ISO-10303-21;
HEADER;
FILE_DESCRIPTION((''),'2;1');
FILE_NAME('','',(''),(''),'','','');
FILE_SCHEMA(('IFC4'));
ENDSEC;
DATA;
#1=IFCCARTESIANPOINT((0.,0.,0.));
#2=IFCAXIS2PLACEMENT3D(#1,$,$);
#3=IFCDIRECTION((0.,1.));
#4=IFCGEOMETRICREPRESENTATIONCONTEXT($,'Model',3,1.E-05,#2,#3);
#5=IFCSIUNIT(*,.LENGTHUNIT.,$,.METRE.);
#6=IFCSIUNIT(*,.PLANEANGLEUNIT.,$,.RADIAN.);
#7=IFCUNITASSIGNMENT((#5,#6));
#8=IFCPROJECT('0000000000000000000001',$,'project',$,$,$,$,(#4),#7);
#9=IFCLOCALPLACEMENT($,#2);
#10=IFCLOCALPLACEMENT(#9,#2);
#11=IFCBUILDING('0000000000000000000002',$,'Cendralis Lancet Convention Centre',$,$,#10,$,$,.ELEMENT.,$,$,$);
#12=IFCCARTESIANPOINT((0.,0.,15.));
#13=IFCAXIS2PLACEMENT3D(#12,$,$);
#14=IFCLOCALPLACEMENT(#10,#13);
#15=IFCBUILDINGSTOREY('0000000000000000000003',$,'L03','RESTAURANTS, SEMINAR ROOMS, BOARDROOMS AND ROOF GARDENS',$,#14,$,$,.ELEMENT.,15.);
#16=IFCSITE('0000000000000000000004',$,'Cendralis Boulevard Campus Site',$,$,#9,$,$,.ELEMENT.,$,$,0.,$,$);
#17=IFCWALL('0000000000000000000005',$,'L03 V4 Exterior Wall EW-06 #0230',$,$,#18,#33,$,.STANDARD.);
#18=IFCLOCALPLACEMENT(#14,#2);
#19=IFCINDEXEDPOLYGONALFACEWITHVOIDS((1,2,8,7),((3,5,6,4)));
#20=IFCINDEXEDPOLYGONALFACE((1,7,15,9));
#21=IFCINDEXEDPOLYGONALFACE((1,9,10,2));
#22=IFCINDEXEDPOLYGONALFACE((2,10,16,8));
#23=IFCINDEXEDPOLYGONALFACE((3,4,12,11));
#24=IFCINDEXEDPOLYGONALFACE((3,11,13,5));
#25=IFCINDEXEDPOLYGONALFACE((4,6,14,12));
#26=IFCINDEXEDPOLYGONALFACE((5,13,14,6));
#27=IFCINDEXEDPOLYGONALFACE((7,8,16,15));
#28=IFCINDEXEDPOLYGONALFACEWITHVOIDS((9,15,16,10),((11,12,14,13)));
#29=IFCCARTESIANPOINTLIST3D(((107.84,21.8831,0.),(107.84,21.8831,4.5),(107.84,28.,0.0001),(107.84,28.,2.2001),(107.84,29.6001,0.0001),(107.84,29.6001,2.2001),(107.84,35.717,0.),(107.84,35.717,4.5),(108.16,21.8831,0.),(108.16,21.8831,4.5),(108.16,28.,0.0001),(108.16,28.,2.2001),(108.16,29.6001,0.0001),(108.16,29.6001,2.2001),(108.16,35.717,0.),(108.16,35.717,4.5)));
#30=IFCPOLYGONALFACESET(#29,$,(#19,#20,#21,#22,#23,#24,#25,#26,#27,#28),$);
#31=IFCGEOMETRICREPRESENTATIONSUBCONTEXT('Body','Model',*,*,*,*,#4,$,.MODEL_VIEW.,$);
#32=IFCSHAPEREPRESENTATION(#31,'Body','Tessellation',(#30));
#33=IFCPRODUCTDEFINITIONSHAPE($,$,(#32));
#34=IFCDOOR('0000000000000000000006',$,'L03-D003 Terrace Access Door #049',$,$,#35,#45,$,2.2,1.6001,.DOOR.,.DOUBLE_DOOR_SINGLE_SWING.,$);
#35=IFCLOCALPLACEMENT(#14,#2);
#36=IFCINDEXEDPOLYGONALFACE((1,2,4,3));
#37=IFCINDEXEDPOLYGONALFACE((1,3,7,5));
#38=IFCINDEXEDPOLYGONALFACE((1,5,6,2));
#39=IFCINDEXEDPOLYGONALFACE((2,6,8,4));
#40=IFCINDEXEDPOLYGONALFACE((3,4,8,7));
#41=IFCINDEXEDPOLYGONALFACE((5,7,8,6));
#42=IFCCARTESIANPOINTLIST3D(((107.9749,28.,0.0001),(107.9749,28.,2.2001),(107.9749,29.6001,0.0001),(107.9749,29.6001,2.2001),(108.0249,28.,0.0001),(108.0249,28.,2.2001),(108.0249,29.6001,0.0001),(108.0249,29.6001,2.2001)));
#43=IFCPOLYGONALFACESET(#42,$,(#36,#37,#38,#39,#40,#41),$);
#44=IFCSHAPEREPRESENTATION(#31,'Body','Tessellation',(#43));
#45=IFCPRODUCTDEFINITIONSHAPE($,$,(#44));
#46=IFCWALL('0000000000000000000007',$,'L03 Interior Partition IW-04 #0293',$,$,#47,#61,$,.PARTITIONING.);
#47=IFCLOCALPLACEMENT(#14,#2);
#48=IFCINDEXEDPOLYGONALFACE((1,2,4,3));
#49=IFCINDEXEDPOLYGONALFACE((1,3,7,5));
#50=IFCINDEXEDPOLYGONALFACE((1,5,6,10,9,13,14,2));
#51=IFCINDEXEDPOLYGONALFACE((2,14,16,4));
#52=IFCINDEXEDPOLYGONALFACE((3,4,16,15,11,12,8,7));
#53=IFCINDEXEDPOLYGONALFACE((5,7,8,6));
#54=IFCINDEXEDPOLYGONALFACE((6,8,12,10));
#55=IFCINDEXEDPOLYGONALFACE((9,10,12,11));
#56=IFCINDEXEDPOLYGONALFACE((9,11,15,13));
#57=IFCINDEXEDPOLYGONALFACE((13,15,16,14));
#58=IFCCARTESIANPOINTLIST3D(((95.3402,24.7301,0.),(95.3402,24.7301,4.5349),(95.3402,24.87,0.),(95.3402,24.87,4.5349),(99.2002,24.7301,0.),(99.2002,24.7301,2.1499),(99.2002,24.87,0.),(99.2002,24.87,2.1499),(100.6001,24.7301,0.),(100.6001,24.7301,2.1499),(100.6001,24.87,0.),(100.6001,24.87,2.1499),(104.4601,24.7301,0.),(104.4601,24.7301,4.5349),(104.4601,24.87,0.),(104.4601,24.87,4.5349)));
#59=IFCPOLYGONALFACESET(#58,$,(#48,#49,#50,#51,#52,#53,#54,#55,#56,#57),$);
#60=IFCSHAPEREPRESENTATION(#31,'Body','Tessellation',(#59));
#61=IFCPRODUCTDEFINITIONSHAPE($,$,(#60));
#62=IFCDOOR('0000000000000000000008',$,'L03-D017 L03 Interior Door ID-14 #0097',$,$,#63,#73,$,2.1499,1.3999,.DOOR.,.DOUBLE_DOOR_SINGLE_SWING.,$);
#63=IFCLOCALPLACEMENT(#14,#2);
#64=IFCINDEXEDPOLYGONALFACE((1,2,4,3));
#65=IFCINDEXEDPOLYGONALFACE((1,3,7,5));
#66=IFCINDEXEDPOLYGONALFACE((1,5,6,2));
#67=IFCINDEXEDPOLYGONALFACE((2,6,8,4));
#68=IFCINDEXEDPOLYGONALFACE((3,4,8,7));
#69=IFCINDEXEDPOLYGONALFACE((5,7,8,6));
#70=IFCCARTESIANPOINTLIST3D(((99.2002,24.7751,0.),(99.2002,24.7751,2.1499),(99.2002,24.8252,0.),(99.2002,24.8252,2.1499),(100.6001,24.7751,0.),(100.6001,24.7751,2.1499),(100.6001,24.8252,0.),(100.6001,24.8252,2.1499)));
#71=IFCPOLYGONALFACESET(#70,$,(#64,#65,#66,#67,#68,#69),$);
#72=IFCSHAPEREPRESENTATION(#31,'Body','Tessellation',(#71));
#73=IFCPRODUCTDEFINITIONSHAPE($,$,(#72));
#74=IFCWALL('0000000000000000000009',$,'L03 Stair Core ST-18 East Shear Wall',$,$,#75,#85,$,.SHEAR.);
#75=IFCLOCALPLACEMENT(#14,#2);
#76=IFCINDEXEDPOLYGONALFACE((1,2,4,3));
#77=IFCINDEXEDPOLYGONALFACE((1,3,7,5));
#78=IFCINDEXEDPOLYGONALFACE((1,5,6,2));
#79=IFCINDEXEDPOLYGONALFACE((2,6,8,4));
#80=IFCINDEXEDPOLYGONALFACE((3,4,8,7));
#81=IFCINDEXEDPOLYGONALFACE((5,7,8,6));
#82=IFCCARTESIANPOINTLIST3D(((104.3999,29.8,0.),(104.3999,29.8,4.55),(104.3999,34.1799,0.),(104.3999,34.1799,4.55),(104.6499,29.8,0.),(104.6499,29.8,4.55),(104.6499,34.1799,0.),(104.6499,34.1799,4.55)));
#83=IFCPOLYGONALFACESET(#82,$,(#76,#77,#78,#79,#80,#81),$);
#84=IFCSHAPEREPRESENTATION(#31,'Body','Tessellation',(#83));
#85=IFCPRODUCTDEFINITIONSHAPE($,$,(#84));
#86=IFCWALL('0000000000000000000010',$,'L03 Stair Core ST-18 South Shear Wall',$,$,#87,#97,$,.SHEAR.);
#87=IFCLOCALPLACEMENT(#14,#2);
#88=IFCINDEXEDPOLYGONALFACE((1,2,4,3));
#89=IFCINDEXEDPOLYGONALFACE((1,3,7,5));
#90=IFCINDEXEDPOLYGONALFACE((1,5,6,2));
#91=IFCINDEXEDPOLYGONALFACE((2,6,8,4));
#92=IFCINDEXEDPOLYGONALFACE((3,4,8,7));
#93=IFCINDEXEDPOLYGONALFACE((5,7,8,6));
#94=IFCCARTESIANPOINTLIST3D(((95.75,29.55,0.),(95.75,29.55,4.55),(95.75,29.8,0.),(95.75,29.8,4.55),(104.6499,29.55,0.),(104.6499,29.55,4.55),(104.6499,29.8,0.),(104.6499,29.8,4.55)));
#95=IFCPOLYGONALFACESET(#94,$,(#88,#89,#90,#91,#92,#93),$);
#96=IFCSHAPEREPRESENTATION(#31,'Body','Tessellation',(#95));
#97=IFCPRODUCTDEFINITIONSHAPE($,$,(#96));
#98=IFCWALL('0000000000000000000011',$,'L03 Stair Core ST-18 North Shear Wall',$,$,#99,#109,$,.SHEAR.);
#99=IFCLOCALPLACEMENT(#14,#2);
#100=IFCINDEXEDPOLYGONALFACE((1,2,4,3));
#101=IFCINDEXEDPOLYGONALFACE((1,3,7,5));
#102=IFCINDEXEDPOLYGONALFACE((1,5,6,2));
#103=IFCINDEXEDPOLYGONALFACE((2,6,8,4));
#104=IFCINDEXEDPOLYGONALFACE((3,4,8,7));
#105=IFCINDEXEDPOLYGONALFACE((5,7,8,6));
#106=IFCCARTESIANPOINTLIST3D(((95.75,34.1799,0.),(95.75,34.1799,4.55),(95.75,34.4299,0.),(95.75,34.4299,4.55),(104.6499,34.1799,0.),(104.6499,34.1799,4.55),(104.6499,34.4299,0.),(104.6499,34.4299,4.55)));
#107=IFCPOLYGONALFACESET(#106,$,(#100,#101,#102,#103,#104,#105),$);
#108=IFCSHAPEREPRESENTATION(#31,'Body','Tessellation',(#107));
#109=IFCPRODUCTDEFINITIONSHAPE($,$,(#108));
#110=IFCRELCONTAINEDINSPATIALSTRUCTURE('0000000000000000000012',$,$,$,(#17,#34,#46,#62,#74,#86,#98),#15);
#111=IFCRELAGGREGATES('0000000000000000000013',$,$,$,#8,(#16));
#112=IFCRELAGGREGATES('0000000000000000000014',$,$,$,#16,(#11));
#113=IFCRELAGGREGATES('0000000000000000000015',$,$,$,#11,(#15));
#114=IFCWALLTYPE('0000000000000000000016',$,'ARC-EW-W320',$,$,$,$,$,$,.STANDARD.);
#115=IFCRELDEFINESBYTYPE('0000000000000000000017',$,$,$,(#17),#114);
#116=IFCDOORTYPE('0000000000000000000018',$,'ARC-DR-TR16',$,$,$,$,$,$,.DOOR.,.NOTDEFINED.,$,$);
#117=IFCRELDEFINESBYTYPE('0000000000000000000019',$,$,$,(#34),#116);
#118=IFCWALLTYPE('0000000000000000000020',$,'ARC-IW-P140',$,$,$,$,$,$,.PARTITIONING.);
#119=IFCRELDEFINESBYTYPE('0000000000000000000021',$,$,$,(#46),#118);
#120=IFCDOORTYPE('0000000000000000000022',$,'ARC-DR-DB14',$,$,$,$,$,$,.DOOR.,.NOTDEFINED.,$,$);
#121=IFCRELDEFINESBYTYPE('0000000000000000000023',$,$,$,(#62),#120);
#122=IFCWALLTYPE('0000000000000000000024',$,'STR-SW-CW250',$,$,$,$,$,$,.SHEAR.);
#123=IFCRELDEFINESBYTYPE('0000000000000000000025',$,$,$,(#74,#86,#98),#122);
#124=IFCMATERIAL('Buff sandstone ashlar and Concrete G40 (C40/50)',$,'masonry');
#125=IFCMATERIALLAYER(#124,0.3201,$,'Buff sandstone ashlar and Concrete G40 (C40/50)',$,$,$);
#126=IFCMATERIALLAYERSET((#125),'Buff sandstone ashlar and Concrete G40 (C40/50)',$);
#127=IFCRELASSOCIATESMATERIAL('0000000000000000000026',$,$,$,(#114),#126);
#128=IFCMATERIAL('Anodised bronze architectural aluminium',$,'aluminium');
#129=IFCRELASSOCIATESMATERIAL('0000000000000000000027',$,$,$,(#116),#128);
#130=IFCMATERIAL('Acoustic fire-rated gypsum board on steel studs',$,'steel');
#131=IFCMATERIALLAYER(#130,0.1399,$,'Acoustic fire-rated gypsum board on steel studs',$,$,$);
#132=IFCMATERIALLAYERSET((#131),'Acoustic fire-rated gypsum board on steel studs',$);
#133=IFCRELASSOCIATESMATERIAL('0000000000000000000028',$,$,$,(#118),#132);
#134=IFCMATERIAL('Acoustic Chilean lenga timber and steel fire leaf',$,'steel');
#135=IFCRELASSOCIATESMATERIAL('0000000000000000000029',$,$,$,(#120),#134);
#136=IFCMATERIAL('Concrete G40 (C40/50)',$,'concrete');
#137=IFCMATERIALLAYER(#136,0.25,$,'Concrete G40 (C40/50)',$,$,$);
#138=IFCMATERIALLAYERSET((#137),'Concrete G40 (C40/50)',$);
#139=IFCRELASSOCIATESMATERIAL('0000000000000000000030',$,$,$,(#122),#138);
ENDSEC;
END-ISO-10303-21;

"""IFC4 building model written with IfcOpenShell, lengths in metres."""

from ifc_helpers import new_model, si_unit, direction, frame, frame_2d, origin, place, context, subcontext, project, spatial, rectangle, extrude, material, layer, layer_set, type_object, element, fill, save


model = new_model("IFC4")

# Units and contexts
model_context = context("Model", 3, precision=1e-05, world=origin(), true_north=direction((0.0, 1.0)))
body_context = subcontext(model_context, "Body", "Model", "MODEL_VIEW")
ifc_project = project(units=[si_unit("LENGTHUNIT", "METRE"), si_unit("PLANEANGLEUNIT", "RADIAN")], contexts=[model_context])

# Site, building, storey
site_placement = place(None, origin())
site = spatial("IfcSite", under=ifc_project, at=site_placement, Name="Cendralis Boulevard Campus Site", CompositionType="ELEMENT", RefElevation=0.0)
building_placement = place(site_placement, origin())
building = spatial("IfcBuilding", under=site, at=building_placement, Name="Cendralis Lancet Convention Centre", CompositionType="ELEMENT")
storey_placement = place(building_placement, frame((0.0, 0.0, 15.0)))
storey = spatial("IfcBuildingStorey", under=building, at=storey_placement, Name="L03", Description="RESTAURANTS, SEMINAR ROOMS, BOARDROOMS AND ROOF GARDENS", CompositionType="ELEMENT", Elevation=15.0)

# Shared definitions
ifc_material_1 = material(Name="Concrete G40 (C40/50)", Category="concrete")

# Shared definitions
ifc_material_2 = material(Name="Anodised bronze architectural aluminium", Category="aluminium")

# Walls, openings, doors
ifc_material_3 = material(Name="Buff sandstone ashlar and Concrete G40 (C40/50)", Category="masonry")
ifc_layer_1 = layer(ifc_material_3, 0.3201, Name="Buff sandstone ashlar and Concrete G40 (C40/50)")
ifc_layer_set_1 = layer_set([ifc_layer_1], Name="Buff sandstone ashlar and Concrete G40 (C40/50)")
wall_type_1 = type_object("IfcWallType", Name="ARC-EW-W320", PredefinedType="STANDARD", material=ifc_layer_set_1)
wall_1_placement = place(storey_placement, frame((108.0, 35.717, 0.0), z_axis=(0.0, 0.0, 1.0), x_axis=(0.0, -1.0, 0.0)))
wall_1 = element("IfcWall", 1, at=wall_1_placement, inside=storey, type_object=wall_type_1, Name="L03 V4 Exterior Wall EW-06 #0230", PredefinedType="STANDARD", context=body_context, shape_type="SweptSolid", body=[
    extrude(rectangle(XDim=13.834, YDim=0.3201, at=frame_2d((6.917, 0.0))), origin(), (0.0, 0.0, 1.0), 4.5),
])
opening_1_placement = place(wall_1_placement, frame((6.1169, 0.0, 0.0)))
opening_1 = element("IfcOpeningElement", 2, at=opening_1_placement, cuts=wall_1, PredefinedType="OPENING", context=body_context, shape_type="SweptSolid", body=[
    extrude(rectangle(XDim=1.6001, YDim=2.2, at=frame_2d((0.8, 1.1001))), frame((0.0, 0.1699, 0.0), z_axis=(0.0, -1.0, 0.0), x_axis=(1.0, 0.0, 0.0)), (0.0, 0.0, 1.0), 0.3401),
])
door_type_1 = type_object("IfcDoorType", Name="ARC-DR-TR16", OperationType="NOTDEFINED", PredefinedType="DOOR", material=ifc_material_2)
door_1_placement = place(opening_1_placement, origin())
door_1 = element("IfcDoor", 3, at=door_1_placement, inside=storey, type_object=door_type_1, Name="L03-D003 Terrace Access Door #049", OperationType="DOUBLE_DOOR_SINGLE_SWING", OverallHeight=2.2, OverallWidth=1.6001, PredefinedType="DOOR", context=body_context, shape_type="SweptSolid", body=[
    extrude(rectangle(XDim=1.6001, YDim=2.2, at=frame_2d((0.8, 1.1001))), frame((0.0, 0.0249, 0.0), z_axis=(0.0, -1.0, 0.0), x_axis=(1.0, 0.0, 0.0)), (0.0, 0.0, 1.0), 0.05),
])
fill(opening_1, door_1)
ifc_material_4 = material(Name="Acoustic fire-rated gypsum board on steel studs", Category="steel")
ifc_layer_2 = layer(ifc_material_4, 0.1399, Name="Acoustic fire-rated gypsum board on steel studs")
ifc_layer_set_2 = layer_set([ifc_layer_2], Name="Acoustic fire-rated gypsum board on steel studs")
wall_type_2 = type_object("IfcWallType", Name="ARC-IW-P140", PredefinedType="PARTITIONING", material=ifc_layer_set_2)
wall_2_placement = place(storey_placement, frame((95.3401, 24.8, 0.0), z_axis=(0.0, 0.0, 1.0), x_axis=(1.0, 0.0, 0.0)))
wall_2 = element("IfcWall", 4, at=wall_2_placement, inside=storey, type_object=wall_type_2, Name="L03 Interior Partition IW-04 #0293", PredefinedType="PARTITIONING", context=body_context, shape_type="SweptSolid", body=[
    extrude(rectangle(XDim=9.1199, YDim=0.1399, at=frame_2d((4.5601, 0.0))), origin(), (0.0, 0.0, 1.0), 4.5349),
])
opening_2_placement = place(wall_2_placement, frame((3.8601, 0.0, 0.0)))
opening_2 = element("IfcOpeningElement", 5, at=opening_2_placement, cuts=wall_2, PredefinedType="OPENING", context=body_context, shape_type="SweptSolid", body=[
    extrude(rectangle(XDim=1.3999, YDim=2.1499, at=frame_2d((0.7, 1.075))), frame((0.0, 0.0798, 0.0), z_axis=(0.0, -1.0, 0.0), x_axis=(1.0, 0.0, 0.0)), (0.0, 0.0, 1.0), 0.1599),
])
ifc_material_5 = material(Name="Acoustic Chilean lenga timber and steel fire leaf", Category="steel")
door_type_2 = type_object("IfcDoorType", Name="ARC-DR-DB14", OperationType="NOTDEFINED", PredefinedType="DOOR", material=ifc_material_5)
door_2_placement = place(opening_2_placement, frame((1.3999, 0.0, 0.0), z_axis=(0.0, 0.0, 1.0), x_axis=(-1.0, 0.0, 0.0)))
door_2 = element("IfcDoor", 6, at=door_2_placement, inside=storey, type_object=door_type_2, Name="L03-D017 L03 Interior Door ID-14 #0097", OperationType="DOUBLE_DOOR_SINGLE_SWING", OverallHeight=2.1499, OverallWidth=1.3999, PredefinedType="DOOR", context=body_context, shape_type="SweptSolid", body=[
    extrude(rectangle(XDim=1.3999, YDim=2.1499, at=frame_2d((0.7, 1.075))), frame((0.0, 0.0249, 0.0), z_axis=(0.0, -1.0, 0.0), x_axis=(1.0, 0.0, 0.0)), (0.0, 0.0, 1.0), 0.05),
])
fill(opening_2, door_2)
ifc_layer_3 = layer(ifc_material_1, 0.25, Name="Concrete G40 (C40/50)")
ifc_layer_set_3 = layer_set([ifc_layer_3], Name="Concrete G40 (C40/50)")
wall_type_3 = type_object("IfcWallType", Name="STR-SW-CW250", PredefinedType="SHEAR", material=ifc_layer_set_3)

# Walls
wall_3_placement = place(storey_placement, frame((104.5249, 29.8, 0.0), z_axis=(0.0, 0.0, 1.0), x_axis=(0.0, 1.0, 0.0)))
element("IfcWall", 7, at=wall_3_placement, inside=storey, type_object=wall_type_3, Name="L03 Stair Core ST-18 East Shear Wall", PredefinedType="SHEAR", context=body_context, shape_type="SweptSolid", body=[
    extrude(rectangle(XDim=4.3799, YDim=0.25, at=frame_2d((2.1899, 0.0))), origin(), (0.0, 0.0, 1.0), 4.55),
])
for number, where, z_axis, x_axis, name in (
    (8, (95.75, 29.675, 0.0), (0.0, 0.0, 1.0), (1.0, 0.0, 0.0), "L03 Stair Core ST-18 South Shear Wall"),
    (9, (95.75, 34.3049, 0.0), (0.0, 0.0, 1.0), (1.0, 0.0, 0.0), "L03 Stair Core ST-18 North Shear Wall"),
):
    element("IfcWall", number, at=place(storey_placement, frame(where, z_axis=z_axis, x_axis=x_axis)), inside=storey, type_object=wall_type_3, Name=name, PredefinedType="SHEAR", context=body_context, shape_type="SweptSolid", body=[
        extrude(rectangle(XDim=8.8999, YDim=0.25, at=frame_2d((4.45, 0.0))), origin(), (0.0, 0.0, 1.0), 4.55),
    ])

save(model, "model.ifc")
